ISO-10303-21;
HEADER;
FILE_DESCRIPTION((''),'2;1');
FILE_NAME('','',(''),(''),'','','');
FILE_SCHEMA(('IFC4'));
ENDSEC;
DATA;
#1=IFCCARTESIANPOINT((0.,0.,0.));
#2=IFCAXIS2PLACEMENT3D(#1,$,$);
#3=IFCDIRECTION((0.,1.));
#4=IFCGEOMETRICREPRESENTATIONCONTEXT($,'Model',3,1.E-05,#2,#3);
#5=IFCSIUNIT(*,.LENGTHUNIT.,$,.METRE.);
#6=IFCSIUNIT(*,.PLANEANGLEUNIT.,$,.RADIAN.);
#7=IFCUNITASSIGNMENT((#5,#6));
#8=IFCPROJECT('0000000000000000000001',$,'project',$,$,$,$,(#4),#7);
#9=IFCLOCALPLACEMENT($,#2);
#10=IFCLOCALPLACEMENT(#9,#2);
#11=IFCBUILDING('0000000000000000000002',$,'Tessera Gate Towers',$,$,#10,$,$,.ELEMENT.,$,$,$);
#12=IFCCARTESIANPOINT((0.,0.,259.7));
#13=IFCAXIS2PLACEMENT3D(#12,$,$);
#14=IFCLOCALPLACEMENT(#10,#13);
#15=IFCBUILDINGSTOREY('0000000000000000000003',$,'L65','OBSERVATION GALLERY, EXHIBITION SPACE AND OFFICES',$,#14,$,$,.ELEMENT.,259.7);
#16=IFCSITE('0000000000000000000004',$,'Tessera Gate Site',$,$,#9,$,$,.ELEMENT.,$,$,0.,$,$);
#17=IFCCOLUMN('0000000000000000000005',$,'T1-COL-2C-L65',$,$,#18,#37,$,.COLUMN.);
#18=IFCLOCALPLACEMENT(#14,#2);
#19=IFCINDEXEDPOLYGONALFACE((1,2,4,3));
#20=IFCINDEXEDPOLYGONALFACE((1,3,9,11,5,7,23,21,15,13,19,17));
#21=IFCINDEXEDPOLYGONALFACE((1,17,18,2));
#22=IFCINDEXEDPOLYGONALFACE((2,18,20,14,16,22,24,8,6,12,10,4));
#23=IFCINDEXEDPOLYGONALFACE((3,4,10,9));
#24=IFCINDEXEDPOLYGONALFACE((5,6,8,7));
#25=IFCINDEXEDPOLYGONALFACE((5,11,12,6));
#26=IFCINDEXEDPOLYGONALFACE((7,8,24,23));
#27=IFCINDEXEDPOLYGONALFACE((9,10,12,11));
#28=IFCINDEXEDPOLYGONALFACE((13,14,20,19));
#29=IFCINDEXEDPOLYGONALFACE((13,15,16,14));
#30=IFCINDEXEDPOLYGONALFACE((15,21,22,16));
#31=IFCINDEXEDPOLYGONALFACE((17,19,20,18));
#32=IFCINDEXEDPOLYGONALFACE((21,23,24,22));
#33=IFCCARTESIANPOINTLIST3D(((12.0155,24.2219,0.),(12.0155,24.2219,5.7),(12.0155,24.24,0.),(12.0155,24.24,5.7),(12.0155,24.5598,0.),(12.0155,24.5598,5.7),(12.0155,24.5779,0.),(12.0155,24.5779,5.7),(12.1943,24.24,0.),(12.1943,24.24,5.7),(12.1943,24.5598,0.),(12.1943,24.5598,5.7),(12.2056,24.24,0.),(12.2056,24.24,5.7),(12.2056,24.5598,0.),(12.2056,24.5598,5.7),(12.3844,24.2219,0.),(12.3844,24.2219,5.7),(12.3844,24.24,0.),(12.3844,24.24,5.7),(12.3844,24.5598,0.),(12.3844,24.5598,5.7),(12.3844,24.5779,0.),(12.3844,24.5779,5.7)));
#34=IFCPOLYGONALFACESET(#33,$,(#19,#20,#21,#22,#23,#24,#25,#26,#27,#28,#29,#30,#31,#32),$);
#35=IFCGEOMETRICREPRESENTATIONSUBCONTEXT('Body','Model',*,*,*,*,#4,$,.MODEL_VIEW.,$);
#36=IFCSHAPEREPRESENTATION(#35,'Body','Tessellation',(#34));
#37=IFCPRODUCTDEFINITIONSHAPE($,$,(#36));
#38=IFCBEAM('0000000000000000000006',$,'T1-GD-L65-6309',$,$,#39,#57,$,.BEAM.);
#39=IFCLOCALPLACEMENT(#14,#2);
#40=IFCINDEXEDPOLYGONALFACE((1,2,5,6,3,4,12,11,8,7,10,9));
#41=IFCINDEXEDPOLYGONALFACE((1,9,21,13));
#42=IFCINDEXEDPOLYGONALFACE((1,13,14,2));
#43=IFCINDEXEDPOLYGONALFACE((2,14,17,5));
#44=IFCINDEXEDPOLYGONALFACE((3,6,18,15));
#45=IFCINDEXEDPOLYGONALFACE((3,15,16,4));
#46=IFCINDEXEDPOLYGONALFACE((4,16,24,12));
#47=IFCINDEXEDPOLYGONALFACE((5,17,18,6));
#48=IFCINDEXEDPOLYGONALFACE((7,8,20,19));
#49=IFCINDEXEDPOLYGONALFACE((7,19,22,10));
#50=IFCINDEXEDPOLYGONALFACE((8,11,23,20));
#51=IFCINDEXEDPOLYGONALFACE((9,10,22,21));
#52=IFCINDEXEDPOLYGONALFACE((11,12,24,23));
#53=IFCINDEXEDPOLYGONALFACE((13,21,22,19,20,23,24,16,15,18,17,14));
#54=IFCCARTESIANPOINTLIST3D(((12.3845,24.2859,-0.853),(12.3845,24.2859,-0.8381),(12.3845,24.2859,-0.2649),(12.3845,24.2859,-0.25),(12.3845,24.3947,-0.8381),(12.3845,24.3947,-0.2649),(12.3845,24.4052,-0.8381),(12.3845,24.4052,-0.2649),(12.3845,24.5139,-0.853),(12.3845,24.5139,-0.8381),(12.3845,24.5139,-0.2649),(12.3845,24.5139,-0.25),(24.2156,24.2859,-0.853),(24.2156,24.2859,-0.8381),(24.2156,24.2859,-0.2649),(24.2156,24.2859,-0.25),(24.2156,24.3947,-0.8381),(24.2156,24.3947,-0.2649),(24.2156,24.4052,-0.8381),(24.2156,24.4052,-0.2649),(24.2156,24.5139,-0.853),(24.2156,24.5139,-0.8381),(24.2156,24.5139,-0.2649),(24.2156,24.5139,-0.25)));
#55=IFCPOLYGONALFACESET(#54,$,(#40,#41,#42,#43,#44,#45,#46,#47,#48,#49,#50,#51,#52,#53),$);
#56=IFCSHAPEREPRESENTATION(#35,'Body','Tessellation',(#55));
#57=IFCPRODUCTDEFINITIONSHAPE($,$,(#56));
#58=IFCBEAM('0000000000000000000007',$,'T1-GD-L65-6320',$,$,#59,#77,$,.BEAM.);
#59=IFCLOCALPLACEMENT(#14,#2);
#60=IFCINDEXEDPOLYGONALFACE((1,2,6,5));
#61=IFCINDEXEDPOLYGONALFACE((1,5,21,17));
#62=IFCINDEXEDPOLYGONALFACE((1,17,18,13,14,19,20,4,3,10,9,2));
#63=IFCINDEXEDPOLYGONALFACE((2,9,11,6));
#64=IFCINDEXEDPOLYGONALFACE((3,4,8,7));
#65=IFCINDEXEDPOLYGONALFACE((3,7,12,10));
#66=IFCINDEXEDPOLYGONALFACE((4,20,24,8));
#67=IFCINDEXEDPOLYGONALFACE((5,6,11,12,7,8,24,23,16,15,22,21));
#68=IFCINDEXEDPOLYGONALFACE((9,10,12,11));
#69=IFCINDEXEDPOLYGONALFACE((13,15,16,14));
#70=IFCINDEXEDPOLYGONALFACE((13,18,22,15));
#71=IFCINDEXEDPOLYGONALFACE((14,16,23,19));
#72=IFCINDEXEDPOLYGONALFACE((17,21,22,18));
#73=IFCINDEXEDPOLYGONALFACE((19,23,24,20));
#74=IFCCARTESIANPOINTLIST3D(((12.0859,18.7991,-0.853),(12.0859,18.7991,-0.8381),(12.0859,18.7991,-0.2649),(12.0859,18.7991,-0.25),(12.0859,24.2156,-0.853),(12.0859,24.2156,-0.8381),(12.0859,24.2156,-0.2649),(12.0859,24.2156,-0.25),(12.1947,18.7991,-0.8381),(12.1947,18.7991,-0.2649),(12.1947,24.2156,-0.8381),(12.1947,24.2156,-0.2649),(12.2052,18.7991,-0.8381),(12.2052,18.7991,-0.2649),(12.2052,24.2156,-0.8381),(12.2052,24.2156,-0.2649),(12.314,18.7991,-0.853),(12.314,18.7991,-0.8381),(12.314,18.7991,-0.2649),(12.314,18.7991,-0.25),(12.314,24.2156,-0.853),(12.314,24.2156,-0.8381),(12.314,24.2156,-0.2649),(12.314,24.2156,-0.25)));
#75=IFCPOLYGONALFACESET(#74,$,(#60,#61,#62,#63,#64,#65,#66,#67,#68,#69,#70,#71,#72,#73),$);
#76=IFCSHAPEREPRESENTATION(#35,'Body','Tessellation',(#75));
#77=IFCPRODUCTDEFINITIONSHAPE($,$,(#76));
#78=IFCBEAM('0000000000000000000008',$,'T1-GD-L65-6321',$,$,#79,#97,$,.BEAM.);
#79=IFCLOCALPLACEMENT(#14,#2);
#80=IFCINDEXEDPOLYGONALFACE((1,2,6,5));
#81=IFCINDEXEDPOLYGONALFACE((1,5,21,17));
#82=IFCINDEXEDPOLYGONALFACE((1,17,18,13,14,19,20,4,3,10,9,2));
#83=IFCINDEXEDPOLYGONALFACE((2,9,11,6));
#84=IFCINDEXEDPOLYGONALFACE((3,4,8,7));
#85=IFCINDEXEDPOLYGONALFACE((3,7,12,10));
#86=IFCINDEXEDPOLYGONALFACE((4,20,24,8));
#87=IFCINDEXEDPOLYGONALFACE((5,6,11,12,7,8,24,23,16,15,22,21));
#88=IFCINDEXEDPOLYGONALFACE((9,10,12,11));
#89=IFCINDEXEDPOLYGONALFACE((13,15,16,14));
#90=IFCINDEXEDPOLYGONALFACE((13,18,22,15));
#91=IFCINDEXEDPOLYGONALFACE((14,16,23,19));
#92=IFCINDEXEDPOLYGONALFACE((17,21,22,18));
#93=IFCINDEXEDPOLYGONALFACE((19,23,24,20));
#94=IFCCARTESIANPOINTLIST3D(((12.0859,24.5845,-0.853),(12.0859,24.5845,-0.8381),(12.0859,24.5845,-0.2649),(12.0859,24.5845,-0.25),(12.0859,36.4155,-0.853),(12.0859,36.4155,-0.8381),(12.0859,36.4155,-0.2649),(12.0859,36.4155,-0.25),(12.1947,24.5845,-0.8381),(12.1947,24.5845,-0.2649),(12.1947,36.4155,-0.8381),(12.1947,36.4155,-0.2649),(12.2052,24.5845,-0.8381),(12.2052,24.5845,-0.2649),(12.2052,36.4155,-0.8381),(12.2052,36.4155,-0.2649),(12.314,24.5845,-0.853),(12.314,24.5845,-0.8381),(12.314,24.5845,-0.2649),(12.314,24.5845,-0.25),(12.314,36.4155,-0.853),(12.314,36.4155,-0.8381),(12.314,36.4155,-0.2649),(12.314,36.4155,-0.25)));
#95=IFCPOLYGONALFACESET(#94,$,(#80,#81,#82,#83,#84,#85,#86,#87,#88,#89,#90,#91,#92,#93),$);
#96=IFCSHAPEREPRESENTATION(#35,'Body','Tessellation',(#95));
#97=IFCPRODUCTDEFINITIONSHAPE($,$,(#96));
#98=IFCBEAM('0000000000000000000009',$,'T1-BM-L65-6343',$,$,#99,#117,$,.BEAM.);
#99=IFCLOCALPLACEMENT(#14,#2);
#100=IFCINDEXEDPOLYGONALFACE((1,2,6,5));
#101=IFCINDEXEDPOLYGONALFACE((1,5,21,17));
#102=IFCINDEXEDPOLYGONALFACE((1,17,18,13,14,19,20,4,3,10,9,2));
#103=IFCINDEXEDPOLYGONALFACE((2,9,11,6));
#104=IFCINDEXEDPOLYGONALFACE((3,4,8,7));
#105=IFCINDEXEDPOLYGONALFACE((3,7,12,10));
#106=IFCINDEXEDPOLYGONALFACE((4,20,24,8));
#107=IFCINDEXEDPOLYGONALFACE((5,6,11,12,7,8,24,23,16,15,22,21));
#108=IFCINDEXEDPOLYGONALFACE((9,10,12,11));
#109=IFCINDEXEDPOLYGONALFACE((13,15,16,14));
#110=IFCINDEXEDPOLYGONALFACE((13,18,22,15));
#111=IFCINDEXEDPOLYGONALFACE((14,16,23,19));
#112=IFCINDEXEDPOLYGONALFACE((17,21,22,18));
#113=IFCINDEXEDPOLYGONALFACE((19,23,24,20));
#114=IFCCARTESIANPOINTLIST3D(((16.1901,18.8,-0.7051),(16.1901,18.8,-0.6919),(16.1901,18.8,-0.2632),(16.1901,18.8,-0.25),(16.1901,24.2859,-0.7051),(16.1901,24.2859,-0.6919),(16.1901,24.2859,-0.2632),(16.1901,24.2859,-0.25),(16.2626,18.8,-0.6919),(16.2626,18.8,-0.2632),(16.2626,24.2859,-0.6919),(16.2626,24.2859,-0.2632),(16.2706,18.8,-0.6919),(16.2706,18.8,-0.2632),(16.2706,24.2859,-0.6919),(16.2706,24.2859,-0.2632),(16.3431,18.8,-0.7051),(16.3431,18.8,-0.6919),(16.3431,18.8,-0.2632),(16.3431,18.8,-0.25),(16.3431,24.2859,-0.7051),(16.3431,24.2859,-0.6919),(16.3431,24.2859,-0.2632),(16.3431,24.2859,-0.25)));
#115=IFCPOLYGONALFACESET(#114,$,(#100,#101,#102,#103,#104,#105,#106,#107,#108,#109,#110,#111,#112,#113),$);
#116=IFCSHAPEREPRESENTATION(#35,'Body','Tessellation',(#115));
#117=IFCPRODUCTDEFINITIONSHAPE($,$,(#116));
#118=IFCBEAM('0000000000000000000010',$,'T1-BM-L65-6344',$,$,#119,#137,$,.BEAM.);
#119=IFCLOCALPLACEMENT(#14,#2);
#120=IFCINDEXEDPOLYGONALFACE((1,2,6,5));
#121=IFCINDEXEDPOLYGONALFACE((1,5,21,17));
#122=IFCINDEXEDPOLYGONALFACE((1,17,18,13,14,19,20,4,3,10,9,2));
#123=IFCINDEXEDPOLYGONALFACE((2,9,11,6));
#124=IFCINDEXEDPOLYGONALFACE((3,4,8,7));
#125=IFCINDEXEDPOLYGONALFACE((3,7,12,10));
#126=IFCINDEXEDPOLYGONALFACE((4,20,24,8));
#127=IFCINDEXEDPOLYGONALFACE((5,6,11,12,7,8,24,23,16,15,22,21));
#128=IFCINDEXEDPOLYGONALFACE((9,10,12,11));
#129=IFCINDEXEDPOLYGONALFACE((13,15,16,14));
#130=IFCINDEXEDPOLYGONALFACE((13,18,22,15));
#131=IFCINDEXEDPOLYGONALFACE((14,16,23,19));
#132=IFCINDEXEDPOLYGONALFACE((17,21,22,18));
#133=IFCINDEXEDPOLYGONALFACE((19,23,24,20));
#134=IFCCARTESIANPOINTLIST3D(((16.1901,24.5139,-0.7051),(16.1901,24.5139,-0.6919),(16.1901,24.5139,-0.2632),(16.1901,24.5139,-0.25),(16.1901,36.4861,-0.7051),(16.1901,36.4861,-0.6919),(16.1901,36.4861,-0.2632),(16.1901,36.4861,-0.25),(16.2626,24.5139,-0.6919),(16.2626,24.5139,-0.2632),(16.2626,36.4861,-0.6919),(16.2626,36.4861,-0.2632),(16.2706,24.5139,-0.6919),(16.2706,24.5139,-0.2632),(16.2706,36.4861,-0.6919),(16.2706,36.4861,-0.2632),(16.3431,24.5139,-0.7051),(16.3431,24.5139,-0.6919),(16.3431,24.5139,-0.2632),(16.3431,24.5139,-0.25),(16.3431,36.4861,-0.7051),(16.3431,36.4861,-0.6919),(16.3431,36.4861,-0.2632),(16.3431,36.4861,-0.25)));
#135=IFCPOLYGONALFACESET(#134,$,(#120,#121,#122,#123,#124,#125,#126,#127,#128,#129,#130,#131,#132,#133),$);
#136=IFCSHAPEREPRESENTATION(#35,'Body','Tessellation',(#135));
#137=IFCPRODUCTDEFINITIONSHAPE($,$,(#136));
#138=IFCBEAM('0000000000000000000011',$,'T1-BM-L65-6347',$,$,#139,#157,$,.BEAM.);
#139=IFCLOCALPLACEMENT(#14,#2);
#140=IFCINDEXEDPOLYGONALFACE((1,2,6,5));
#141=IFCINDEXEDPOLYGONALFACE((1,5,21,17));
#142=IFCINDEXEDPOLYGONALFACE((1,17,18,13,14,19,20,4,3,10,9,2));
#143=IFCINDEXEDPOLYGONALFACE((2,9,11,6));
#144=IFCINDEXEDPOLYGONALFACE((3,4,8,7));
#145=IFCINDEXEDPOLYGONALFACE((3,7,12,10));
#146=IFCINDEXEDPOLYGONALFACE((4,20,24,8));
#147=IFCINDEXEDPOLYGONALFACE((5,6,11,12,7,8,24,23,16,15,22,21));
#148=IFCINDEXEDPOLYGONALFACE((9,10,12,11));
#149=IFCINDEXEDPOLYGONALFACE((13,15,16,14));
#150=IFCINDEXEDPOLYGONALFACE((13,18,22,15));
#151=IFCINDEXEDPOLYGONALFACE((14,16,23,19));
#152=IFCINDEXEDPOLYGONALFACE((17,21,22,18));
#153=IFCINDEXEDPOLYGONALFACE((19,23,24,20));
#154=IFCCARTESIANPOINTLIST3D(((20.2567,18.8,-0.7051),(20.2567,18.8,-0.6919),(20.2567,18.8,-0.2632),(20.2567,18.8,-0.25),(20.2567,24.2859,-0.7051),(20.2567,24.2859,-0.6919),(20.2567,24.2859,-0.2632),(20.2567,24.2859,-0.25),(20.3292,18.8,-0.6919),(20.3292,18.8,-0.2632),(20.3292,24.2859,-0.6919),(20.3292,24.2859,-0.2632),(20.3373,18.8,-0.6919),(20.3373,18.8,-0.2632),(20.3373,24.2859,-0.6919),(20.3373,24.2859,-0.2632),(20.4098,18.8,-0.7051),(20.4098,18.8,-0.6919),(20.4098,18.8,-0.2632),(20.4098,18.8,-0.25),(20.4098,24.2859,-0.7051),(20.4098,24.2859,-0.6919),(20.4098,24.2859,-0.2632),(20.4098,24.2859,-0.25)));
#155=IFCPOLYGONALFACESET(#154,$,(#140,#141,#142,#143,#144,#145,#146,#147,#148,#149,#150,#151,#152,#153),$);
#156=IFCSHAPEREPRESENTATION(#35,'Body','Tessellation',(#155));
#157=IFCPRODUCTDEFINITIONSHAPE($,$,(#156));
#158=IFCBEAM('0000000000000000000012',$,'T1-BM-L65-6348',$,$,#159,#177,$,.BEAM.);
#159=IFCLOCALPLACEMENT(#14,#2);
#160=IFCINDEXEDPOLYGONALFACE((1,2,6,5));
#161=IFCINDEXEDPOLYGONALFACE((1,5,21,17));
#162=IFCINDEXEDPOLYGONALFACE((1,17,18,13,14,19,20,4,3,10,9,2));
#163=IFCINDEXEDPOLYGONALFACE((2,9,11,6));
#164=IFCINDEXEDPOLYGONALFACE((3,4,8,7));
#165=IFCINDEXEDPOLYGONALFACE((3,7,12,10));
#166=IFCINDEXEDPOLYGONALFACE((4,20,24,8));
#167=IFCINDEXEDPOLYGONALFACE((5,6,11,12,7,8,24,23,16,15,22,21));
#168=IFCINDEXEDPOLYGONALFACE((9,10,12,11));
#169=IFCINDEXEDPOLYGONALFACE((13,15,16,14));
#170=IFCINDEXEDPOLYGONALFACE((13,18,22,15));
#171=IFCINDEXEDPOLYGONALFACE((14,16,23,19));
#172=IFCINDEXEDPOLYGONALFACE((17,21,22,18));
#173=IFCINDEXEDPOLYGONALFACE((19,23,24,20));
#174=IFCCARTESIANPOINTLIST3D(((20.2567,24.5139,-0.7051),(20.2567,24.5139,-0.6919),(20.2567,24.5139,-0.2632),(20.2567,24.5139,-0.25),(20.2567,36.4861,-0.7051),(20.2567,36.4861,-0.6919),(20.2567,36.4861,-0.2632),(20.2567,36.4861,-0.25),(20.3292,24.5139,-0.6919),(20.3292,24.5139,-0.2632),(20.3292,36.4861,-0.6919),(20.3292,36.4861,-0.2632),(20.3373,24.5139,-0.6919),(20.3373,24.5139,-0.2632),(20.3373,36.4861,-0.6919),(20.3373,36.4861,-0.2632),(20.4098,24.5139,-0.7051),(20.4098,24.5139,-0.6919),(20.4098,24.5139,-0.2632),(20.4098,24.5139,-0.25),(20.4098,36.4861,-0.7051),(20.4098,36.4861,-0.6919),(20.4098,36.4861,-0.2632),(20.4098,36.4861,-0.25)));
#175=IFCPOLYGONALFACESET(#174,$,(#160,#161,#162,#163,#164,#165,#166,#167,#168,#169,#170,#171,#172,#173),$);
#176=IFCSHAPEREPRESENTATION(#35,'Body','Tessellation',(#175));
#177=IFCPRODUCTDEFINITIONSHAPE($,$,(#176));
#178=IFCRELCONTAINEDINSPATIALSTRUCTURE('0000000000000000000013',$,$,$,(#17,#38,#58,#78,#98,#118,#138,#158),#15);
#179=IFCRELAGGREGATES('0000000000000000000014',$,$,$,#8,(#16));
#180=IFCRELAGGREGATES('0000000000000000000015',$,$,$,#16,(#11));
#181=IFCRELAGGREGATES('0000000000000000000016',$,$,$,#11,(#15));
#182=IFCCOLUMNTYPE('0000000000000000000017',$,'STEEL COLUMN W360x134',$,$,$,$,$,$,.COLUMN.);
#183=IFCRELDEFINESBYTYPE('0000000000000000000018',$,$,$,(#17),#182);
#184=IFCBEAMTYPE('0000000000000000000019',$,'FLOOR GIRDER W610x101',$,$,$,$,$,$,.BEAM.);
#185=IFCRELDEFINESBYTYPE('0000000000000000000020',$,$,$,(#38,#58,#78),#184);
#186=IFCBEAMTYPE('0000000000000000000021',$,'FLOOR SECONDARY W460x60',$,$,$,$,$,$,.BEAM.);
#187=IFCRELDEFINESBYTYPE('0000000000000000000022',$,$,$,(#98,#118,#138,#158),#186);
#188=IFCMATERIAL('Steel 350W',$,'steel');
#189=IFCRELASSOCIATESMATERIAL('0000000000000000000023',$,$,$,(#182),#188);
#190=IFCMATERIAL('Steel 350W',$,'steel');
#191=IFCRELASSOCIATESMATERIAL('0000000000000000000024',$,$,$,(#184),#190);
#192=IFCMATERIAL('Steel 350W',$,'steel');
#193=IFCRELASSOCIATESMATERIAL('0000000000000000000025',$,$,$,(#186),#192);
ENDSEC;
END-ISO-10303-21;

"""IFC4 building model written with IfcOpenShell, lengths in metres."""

from ifc_helpers import new_model, si_unit, direction, frame, origin, origin_2d, place, context, subcontext, project, spatial, i_section, extrude, material, material_profile, profile_set, type_object, element, save


model = new_model("IFC4")

# Units and contexts
model_context = context("Model", 3, precision=1e-05, world=origin(), true_north=direction((0.0, 1.0)))
body_context = subcontext(model_context, "Body", "Model", "MODEL_VIEW")
ifc_project = project(units=[si_unit("LENGTHUNIT", "METRE"), si_unit("PLANEANGLEUNIT", "RADIAN")], contexts=[model_context])

# Site, building, storey
site_placement = place(None, origin())
site = spatial("IfcSite", under=ifc_project, at=site_placement, Name="Tessera Gate Site", CompositionType="ELEMENT", RefElevation=0.0)
building_placement = place(site_placement, origin())
building = spatial("IfcBuilding", under=site, at=building_placement, Name="Tessera Gate Towers", CompositionType="ELEMENT")
storey_placement = place(building_placement, frame((0.0, 0.0, 259.7)))
storey = spatial("IfcBuildingStorey", under=building, at=storey_placement, Name="L65", Description="OBSERVATION GALLERY, EXHIBITION SPACE AND OFFICES", CompositionType="ELEMENT", Elevation=259.7)

# Column
ifc_material_1 = material(Name="Steel 350W", Category="steel")
ifc_material_profile_1 = material_profile(ifc_material_1, i_section(OverallWidth=0.3689, OverallDepth=0.356, WebThickness=0.0112, FlangeThickness=0.0181, at=origin_2d()), Name="W360x134")
ifc_profile_set_1 = profile_set([ifc_material_profile_1], Name="Steel 350W")
column_type = type_object("IfcColumnType", Name="STEEL COLUMN W360x134", PredefinedType="COLUMN", material=ifc_profile_set_1)
column_placement = place(storey_placement, frame((12.2, 24.3999, 0.0), z_axis=(0.0, 0.0, 1.0), x_axis=(1.0, 0.0, 0.0)))
element("IfcColumn", 1, at=column_placement, inside=storey, type_object=column_type, Name="T1-COL-2C-L65", PredefinedType="COLUMN", context=body_context, shape_type="SweptSolid", body=[
    extrude(i_section(OverallWidth=0.3689, OverallDepth=0.356, WebThickness=0.0112, FlangeThickness=0.0181, at=origin_2d()), origin(), (0.0, 0.0, 1.0), 5.7),
])

# Beams
ifc_material_2 = material(Name="Steel 350W", Category="steel")
ifc_material_profile_2 = material_profile(ifc_material_2, i_section(OverallWidth=0.228, OverallDepth=0.603, WebThickness=0.0105, FlangeThickness=0.0149, at=origin_2d()), Name="W610x101")
ifc_profile_set_2 = profile_set([ifc_material_profile_2], Name="Steel 350W")
beam_type_1 = type_object("IfcBeamType", Name="FLOOR GIRDER W610x101", PredefinedType="BEAM", material=ifc_profile_set_2)
beam_1_placement = place(storey_placement, frame((12.3845, 24.3999, -0.5515), z_axis=(1.0, 0.0, 0.0), x_axis=(0.0, 1.0, 0.0)))
element("IfcBeam", 2, at=beam_1_placement, inside=storey, type_object=beam_type_1, Name="T1-GD-L65-6309", PredefinedType="BEAM", context=body_context, shape_type="SweptSolid", body=[
    extrude(i_section(OverallWidth=0.228, OverallDepth=0.603, WebThickness=0.0105, FlangeThickness=0.0149, at=origin_2d()), origin(), (0.0, 0.0, 1.0), 11.8311),
])
beam_2_placement = place(storey_placement, frame((12.2, 18.7991, -0.5515), z_axis=(0.0, 1.0, 0.0), x_axis=(-1.0, 0.0, 0.0)))
element("IfcBeam", 3, at=beam_2_placement, inside=storey, type_object=beam_type_1, Name="T1-GD-L65-6320", PredefinedType="BEAM", context=body_context, shape_type="SweptSolid", body=[
    extrude(i_section(OverallWidth=0.228, OverallDepth=0.603, WebThickness=0.0105, FlangeThickness=0.0149, at=origin_2d()), origin(), (0.0, 0.0, 1.0), 5.4165),
])
beam_3_placement = place(storey_placement, frame((12.2, 24.5845, -0.5515), z_axis=(0.0, 1.0, 0.0), x_axis=(-1.0, 0.0, 0.0)))
element("IfcBeam", 4, at=beam_3_placement, inside=storey, type_object=beam_type_1, Name="T1-GD-L65-6321", PredefinedType="BEAM", context=body_context, shape_type="SweptSolid", body=[
    extrude(i_section(OverallWidth=0.228, OverallDepth=0.603, WebThickness=0.0105, FlangeThickness=0.0149, at=origin_2d()), origin(), (0.0, 0.0, 1.0), 11.8311),
])
ifc_material_3 = material(Name="Steel 350W", Category="steel")
ifc_material_profile_3 = material_profile(ifc_material_3, i_section(OverallWidth=0.1531, OverallDepth=0.4551, WebThickness=0.0081, FlangeThickness=0.0132, at=origin_2d()), Name="W460x60")
ifc_profile_set_3 = profile_set([ifc_material_profile_3], Name="Steel 350W")
beam_type_2 = type_object("IfcBeamType", Name="FLOOR SECONDARY W460x60", PredefinedType="BEAM", material=ifc_profile_set_3)
beam_4_placement = place(storey_placement, frame((16.2666, 18.8, -0.4775), z_axis=(0.0, 1.0, 0.0), x_axis=(-1.0, 0.0, 0.0)))
element("IfcBeam", 5, at=beam_4_placement, inside=storey, type_object=beam_type_2, Name="T1-BM-L65-6343", PredefinedType="BEAM", context=body_context, shape_type="SweptSolid", body=[
    extrude(i_section(OverallWidth=0.1531, OverallDepth=0.4551, WebThickness=0.0081, FlangeThickness=0.0132, at=origin_2d()), origin(), (0.0, 0.0, 1.0), 5.4858),
])
beam_5_placement = place(storey_placement, frame((16.2666, 24.5139, -0.4775), z_axis=(0.0, 1.0, 0.0), x_axis=(-1.0, 0.0, 0.0)))
element("IfcBeam", 6, at=beam_5_placement, inside=storey, type_object=beam_type_2, Name="T1-BM-L65-6344", PredefinedType="BEAM", context=body_context, shape_type="SweptSolid", body=[
    extrude(i_section(OverallWidth=0.1531, OverallDepth=0.4551, WebThickness=0.0081, FlangeThickness=0.0132, at=origin_2d()), origin(), (0.0, 0.0, 1.0), 11.9722),
])
beam_6_placement = place(storey_placement, frame((20.3333, 18.8, -0.4775), z_axis=(0.0, 1.0, 0.0), x_axis=(-1.0, 0.0, 0.0)))
element("IfcBeam", 7, at=beam_6_placement, inside=storey, type_object=beam_type_2, Name="T1-BM-L65-6347", PredefinedType="BEAM", context=body_context, shape_type="SweptSolid", body=[
    extrude(i_section(OverallWidth=0.1531, OverallDepth=0.4551, WebThickness=0.0081, FlangeThickness=0.0132, at=origin_2d()), origin(), (0.0, 0.0, 1.0), 5.4858),
])
beam_7_placement = place(storey_placement, frame((20.3333, 24.5139, -0.4775), z_axis=(0.0, 1.0, 0.0), x_axis=(-1.0, 0.0, 0.0)))
element("IfcBeam", 8, at=beam_7_placement, inside=storey, type_object=beam_type_2, Name="T1-BM-L65-6348", PredefinedType="BEAM", context=body_context, shape_type="SweptSolid", body=[
    extrude(i_section(OverallWidth=0.1531, OverallDepth=0.4551, WebThickness=0.0081, FlangeThickness=0.0132, at=origin_2d()), origin(), (0.0, 0.0, 1.0), 11.9722),
])

save(model, "model.ifc")
